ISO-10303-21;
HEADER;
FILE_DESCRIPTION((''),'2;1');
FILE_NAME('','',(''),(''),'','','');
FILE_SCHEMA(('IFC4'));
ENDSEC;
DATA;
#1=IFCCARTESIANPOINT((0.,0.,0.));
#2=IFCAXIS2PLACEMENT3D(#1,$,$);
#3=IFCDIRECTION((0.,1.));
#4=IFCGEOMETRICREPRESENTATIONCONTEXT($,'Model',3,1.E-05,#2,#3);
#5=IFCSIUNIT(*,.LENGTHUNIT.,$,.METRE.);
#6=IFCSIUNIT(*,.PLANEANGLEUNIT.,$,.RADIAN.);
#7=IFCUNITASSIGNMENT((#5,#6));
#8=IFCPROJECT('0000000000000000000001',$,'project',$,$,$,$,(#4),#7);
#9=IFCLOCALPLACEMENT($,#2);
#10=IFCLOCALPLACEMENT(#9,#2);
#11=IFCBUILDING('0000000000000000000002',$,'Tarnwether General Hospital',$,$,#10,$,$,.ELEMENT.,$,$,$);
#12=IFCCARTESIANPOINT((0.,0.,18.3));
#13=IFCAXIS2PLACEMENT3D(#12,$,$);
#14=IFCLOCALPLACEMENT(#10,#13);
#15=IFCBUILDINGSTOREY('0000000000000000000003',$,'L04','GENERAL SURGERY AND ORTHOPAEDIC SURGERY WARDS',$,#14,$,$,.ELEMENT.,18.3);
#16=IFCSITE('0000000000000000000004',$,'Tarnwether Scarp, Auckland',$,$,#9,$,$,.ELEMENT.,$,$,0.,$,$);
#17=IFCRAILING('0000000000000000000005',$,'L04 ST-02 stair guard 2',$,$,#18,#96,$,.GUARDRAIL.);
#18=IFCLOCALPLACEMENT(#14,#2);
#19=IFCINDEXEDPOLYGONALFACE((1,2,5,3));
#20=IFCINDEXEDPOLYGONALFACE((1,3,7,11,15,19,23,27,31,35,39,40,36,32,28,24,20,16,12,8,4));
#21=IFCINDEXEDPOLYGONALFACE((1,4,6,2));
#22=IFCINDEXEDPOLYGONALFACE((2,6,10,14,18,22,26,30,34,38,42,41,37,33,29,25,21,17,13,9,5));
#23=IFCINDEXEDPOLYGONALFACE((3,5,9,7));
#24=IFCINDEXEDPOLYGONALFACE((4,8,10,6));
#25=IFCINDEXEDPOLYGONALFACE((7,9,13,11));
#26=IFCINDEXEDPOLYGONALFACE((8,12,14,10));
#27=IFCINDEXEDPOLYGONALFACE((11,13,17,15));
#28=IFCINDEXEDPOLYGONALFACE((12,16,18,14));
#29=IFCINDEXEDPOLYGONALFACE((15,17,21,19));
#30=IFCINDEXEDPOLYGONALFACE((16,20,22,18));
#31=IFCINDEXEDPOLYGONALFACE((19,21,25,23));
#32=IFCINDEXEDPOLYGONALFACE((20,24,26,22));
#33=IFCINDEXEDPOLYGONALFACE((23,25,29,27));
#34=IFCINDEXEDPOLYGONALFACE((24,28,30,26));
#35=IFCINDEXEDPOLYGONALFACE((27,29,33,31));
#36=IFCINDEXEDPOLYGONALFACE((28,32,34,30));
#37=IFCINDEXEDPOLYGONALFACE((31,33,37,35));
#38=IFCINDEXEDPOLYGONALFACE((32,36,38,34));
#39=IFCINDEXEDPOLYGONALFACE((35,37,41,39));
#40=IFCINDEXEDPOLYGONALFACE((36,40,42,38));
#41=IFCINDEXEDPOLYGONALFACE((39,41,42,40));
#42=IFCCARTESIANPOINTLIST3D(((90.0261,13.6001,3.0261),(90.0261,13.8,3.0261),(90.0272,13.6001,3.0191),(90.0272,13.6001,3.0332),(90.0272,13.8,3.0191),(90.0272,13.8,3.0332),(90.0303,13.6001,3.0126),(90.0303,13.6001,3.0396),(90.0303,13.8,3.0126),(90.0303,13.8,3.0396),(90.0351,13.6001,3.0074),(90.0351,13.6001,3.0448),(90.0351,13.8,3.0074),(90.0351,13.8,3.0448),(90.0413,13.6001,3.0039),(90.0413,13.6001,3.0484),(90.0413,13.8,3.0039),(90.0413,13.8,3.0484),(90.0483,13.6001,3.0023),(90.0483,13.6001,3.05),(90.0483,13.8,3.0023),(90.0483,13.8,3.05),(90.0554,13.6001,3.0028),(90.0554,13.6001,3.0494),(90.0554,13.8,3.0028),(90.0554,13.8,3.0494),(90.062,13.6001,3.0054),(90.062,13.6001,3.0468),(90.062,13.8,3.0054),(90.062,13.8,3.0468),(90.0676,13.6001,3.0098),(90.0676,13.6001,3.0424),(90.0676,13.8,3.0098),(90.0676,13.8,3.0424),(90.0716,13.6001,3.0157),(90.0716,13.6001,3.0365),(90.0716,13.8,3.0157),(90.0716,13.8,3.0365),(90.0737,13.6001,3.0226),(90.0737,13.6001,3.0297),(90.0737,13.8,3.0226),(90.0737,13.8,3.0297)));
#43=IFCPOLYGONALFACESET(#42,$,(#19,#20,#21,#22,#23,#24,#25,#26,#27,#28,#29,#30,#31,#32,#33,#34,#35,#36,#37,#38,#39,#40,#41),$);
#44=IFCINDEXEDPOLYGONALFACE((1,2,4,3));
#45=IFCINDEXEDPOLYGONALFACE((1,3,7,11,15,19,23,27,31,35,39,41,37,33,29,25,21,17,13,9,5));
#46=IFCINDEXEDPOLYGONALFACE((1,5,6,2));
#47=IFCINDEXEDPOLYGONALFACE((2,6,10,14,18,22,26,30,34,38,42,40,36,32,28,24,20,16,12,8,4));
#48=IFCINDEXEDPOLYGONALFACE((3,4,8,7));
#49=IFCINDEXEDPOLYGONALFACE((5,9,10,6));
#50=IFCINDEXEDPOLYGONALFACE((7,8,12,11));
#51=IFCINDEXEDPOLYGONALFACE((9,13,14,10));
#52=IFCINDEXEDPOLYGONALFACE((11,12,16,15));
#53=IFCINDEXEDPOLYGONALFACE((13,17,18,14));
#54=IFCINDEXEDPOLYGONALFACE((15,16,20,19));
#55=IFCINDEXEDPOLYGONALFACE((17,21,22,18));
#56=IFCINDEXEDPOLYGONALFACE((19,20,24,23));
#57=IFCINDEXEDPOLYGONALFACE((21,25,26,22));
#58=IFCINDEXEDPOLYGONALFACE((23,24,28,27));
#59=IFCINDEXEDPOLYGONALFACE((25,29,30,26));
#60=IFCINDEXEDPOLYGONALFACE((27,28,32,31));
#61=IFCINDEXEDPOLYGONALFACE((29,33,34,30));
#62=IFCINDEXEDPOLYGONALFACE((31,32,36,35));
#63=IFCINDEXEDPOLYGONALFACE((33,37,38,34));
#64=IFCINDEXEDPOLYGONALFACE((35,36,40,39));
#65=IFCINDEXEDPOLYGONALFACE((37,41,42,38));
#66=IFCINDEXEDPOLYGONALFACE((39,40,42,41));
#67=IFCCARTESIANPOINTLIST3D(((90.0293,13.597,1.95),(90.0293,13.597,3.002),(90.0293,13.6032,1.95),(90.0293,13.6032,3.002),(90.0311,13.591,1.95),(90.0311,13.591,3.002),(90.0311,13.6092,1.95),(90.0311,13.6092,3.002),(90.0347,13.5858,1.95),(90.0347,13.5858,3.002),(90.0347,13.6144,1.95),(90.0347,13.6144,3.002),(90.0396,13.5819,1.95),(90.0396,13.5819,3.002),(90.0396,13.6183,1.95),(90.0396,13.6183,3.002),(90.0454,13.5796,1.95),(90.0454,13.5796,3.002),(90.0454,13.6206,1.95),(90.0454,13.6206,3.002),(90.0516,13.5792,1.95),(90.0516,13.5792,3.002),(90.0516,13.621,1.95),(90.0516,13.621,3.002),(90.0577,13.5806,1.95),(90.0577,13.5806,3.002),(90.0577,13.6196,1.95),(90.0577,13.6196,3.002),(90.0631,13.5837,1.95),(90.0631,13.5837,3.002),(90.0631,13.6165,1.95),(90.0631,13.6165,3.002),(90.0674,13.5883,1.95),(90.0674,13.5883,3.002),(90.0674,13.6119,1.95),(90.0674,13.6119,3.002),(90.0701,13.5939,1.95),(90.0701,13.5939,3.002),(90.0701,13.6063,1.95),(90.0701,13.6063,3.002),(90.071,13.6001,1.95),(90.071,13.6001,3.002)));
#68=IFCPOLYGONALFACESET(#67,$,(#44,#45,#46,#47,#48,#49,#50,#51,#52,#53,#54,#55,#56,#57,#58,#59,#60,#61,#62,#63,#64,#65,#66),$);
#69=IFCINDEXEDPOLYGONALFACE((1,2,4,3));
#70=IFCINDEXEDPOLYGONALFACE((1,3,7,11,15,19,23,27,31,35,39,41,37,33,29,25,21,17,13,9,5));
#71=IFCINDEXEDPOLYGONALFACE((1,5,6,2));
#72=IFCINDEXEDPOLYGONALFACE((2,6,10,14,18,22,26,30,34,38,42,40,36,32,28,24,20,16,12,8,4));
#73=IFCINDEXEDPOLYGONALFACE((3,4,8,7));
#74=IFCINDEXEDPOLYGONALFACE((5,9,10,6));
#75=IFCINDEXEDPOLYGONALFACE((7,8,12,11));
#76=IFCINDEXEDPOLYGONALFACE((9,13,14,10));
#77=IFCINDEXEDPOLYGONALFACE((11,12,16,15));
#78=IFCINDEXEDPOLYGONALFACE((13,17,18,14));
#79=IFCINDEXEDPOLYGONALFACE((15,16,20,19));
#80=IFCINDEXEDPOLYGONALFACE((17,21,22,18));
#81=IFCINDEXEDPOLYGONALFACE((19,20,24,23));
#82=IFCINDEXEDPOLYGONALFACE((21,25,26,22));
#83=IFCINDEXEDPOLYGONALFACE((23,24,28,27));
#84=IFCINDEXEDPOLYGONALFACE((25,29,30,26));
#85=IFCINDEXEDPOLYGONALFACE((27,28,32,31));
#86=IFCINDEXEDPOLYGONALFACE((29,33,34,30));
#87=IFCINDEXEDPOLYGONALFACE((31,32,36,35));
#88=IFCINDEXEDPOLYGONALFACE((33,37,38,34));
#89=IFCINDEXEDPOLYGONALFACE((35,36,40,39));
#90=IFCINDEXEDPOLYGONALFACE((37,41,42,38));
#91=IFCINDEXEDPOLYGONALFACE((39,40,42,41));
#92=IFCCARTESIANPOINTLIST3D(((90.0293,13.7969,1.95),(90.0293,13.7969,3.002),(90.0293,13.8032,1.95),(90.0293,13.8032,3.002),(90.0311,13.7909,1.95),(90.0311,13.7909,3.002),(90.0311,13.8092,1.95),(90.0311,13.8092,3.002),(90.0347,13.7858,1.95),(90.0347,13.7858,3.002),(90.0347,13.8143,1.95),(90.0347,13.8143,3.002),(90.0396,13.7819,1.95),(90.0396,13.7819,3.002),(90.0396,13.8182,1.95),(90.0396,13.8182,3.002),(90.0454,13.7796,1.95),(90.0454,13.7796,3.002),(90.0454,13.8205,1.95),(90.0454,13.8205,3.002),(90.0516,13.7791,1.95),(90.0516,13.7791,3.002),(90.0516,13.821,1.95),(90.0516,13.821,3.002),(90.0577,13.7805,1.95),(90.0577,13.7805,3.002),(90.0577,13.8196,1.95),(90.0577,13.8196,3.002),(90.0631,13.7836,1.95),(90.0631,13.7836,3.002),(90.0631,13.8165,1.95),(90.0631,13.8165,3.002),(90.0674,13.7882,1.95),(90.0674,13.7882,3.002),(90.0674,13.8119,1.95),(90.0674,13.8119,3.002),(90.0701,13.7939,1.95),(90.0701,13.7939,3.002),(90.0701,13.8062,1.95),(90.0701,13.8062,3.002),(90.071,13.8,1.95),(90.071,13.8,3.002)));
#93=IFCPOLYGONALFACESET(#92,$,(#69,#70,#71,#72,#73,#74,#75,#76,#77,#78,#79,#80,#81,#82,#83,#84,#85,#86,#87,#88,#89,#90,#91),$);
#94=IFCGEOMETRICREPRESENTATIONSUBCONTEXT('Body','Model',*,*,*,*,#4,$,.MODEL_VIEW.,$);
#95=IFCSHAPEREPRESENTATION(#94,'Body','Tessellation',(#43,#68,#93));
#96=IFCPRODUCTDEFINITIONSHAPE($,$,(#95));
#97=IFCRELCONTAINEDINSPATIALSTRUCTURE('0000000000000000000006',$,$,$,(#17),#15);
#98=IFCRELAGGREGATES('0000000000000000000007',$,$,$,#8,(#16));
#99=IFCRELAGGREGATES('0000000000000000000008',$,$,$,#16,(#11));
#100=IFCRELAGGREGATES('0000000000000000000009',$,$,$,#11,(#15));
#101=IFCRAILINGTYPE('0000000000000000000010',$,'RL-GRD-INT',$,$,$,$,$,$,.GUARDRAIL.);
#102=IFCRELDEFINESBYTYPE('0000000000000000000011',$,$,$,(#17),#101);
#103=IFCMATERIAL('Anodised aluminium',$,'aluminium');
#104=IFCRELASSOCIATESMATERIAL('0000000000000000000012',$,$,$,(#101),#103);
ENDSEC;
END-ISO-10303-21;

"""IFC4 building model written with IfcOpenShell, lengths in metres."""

from ifc_helpers import new_model, si_unit, direction, frame, origin, origin_2d, place, context, subcontext, project, spatial, circle, extrude, material, type_object, element, save


model = new_model("IFC4")

# Units and contexts
model_context = context("Model", 3, precision=1e-05, world=origin(), true_north=direction((0.0, 1.0)))
body_context = subcontext(model_context, "Body", "Model", "MODEL_VIEW")
ifc_project = project(units=[si_unit("LENGTHUNIT", "METRE"), si_unit("PLANEANGLEUNIT", "RADIAN")], contexts=[model_context])

# Site, building, storey
site_placement = place(None, origin())
site = spatial("IfcSite", under=ifc_project, at=site_placement, Name="Tarnwether Scarp, Auckland", CompositionType="ELEMENT", RefElevation=0.0)
building_placement = place(site_placement, origin())
building = spatial("IfcBuilding", under=site, at=building_placement, Name="Tarnwether General Hospital", CompositionType="ELEMENT")
storey_placement = place(building_placement, frame((0.0, 0.0, 18.3)))
storey = spatial("IfcBuildingStorey", under=building, at=storey_placement, Name="L04", Description="GENERAL SURGERY AND ORTHOPAEDIC SURGERY WARDS", CompositionType="ELEMENT", Elevation=18.3)

# Railing
ifc_material_1 = material(Name="Anodised aluminium", Category="aluminium")
railing_type_1 = type_object("IfcRailingType", Name="RL-GRD-INT", PredefinedType="GUARDRAIL", material=ifc_material_1)
railing_1_placement = place(storey_placement, frame((90.05, 13.6001, 1.95)))
element("IfcRailing", 1, at=railing_1_placement, inside=storey, type_object=railing_type_1, Name="L04 ST-02 stair guard 2", PredefinedType="GUARDRAIL", context=body_context, shape_type="SweptSolid", body=[
    extrude(circle(Radius=0.0239, at=origin_2d()), frame((0.0, 0.0, 1.0762), z_axis=(0.0, 1.0, 0.0), x_axis=(-1.0, 0.0, 0.0)), (0.0, 0.0, 1.0), 0.2),
    extrude(circle(Radius=0.021, at=origin_2d()), origin(), (0.0, 0.0, 1.0), 1.052),
    extrude(circle(Radius=0.021, at=origin_2d()), frame((0.0, 0.2, 0.0)), (0.0, 0.0, 1.0), 1.052),
])

save(model, "model.ifc")
